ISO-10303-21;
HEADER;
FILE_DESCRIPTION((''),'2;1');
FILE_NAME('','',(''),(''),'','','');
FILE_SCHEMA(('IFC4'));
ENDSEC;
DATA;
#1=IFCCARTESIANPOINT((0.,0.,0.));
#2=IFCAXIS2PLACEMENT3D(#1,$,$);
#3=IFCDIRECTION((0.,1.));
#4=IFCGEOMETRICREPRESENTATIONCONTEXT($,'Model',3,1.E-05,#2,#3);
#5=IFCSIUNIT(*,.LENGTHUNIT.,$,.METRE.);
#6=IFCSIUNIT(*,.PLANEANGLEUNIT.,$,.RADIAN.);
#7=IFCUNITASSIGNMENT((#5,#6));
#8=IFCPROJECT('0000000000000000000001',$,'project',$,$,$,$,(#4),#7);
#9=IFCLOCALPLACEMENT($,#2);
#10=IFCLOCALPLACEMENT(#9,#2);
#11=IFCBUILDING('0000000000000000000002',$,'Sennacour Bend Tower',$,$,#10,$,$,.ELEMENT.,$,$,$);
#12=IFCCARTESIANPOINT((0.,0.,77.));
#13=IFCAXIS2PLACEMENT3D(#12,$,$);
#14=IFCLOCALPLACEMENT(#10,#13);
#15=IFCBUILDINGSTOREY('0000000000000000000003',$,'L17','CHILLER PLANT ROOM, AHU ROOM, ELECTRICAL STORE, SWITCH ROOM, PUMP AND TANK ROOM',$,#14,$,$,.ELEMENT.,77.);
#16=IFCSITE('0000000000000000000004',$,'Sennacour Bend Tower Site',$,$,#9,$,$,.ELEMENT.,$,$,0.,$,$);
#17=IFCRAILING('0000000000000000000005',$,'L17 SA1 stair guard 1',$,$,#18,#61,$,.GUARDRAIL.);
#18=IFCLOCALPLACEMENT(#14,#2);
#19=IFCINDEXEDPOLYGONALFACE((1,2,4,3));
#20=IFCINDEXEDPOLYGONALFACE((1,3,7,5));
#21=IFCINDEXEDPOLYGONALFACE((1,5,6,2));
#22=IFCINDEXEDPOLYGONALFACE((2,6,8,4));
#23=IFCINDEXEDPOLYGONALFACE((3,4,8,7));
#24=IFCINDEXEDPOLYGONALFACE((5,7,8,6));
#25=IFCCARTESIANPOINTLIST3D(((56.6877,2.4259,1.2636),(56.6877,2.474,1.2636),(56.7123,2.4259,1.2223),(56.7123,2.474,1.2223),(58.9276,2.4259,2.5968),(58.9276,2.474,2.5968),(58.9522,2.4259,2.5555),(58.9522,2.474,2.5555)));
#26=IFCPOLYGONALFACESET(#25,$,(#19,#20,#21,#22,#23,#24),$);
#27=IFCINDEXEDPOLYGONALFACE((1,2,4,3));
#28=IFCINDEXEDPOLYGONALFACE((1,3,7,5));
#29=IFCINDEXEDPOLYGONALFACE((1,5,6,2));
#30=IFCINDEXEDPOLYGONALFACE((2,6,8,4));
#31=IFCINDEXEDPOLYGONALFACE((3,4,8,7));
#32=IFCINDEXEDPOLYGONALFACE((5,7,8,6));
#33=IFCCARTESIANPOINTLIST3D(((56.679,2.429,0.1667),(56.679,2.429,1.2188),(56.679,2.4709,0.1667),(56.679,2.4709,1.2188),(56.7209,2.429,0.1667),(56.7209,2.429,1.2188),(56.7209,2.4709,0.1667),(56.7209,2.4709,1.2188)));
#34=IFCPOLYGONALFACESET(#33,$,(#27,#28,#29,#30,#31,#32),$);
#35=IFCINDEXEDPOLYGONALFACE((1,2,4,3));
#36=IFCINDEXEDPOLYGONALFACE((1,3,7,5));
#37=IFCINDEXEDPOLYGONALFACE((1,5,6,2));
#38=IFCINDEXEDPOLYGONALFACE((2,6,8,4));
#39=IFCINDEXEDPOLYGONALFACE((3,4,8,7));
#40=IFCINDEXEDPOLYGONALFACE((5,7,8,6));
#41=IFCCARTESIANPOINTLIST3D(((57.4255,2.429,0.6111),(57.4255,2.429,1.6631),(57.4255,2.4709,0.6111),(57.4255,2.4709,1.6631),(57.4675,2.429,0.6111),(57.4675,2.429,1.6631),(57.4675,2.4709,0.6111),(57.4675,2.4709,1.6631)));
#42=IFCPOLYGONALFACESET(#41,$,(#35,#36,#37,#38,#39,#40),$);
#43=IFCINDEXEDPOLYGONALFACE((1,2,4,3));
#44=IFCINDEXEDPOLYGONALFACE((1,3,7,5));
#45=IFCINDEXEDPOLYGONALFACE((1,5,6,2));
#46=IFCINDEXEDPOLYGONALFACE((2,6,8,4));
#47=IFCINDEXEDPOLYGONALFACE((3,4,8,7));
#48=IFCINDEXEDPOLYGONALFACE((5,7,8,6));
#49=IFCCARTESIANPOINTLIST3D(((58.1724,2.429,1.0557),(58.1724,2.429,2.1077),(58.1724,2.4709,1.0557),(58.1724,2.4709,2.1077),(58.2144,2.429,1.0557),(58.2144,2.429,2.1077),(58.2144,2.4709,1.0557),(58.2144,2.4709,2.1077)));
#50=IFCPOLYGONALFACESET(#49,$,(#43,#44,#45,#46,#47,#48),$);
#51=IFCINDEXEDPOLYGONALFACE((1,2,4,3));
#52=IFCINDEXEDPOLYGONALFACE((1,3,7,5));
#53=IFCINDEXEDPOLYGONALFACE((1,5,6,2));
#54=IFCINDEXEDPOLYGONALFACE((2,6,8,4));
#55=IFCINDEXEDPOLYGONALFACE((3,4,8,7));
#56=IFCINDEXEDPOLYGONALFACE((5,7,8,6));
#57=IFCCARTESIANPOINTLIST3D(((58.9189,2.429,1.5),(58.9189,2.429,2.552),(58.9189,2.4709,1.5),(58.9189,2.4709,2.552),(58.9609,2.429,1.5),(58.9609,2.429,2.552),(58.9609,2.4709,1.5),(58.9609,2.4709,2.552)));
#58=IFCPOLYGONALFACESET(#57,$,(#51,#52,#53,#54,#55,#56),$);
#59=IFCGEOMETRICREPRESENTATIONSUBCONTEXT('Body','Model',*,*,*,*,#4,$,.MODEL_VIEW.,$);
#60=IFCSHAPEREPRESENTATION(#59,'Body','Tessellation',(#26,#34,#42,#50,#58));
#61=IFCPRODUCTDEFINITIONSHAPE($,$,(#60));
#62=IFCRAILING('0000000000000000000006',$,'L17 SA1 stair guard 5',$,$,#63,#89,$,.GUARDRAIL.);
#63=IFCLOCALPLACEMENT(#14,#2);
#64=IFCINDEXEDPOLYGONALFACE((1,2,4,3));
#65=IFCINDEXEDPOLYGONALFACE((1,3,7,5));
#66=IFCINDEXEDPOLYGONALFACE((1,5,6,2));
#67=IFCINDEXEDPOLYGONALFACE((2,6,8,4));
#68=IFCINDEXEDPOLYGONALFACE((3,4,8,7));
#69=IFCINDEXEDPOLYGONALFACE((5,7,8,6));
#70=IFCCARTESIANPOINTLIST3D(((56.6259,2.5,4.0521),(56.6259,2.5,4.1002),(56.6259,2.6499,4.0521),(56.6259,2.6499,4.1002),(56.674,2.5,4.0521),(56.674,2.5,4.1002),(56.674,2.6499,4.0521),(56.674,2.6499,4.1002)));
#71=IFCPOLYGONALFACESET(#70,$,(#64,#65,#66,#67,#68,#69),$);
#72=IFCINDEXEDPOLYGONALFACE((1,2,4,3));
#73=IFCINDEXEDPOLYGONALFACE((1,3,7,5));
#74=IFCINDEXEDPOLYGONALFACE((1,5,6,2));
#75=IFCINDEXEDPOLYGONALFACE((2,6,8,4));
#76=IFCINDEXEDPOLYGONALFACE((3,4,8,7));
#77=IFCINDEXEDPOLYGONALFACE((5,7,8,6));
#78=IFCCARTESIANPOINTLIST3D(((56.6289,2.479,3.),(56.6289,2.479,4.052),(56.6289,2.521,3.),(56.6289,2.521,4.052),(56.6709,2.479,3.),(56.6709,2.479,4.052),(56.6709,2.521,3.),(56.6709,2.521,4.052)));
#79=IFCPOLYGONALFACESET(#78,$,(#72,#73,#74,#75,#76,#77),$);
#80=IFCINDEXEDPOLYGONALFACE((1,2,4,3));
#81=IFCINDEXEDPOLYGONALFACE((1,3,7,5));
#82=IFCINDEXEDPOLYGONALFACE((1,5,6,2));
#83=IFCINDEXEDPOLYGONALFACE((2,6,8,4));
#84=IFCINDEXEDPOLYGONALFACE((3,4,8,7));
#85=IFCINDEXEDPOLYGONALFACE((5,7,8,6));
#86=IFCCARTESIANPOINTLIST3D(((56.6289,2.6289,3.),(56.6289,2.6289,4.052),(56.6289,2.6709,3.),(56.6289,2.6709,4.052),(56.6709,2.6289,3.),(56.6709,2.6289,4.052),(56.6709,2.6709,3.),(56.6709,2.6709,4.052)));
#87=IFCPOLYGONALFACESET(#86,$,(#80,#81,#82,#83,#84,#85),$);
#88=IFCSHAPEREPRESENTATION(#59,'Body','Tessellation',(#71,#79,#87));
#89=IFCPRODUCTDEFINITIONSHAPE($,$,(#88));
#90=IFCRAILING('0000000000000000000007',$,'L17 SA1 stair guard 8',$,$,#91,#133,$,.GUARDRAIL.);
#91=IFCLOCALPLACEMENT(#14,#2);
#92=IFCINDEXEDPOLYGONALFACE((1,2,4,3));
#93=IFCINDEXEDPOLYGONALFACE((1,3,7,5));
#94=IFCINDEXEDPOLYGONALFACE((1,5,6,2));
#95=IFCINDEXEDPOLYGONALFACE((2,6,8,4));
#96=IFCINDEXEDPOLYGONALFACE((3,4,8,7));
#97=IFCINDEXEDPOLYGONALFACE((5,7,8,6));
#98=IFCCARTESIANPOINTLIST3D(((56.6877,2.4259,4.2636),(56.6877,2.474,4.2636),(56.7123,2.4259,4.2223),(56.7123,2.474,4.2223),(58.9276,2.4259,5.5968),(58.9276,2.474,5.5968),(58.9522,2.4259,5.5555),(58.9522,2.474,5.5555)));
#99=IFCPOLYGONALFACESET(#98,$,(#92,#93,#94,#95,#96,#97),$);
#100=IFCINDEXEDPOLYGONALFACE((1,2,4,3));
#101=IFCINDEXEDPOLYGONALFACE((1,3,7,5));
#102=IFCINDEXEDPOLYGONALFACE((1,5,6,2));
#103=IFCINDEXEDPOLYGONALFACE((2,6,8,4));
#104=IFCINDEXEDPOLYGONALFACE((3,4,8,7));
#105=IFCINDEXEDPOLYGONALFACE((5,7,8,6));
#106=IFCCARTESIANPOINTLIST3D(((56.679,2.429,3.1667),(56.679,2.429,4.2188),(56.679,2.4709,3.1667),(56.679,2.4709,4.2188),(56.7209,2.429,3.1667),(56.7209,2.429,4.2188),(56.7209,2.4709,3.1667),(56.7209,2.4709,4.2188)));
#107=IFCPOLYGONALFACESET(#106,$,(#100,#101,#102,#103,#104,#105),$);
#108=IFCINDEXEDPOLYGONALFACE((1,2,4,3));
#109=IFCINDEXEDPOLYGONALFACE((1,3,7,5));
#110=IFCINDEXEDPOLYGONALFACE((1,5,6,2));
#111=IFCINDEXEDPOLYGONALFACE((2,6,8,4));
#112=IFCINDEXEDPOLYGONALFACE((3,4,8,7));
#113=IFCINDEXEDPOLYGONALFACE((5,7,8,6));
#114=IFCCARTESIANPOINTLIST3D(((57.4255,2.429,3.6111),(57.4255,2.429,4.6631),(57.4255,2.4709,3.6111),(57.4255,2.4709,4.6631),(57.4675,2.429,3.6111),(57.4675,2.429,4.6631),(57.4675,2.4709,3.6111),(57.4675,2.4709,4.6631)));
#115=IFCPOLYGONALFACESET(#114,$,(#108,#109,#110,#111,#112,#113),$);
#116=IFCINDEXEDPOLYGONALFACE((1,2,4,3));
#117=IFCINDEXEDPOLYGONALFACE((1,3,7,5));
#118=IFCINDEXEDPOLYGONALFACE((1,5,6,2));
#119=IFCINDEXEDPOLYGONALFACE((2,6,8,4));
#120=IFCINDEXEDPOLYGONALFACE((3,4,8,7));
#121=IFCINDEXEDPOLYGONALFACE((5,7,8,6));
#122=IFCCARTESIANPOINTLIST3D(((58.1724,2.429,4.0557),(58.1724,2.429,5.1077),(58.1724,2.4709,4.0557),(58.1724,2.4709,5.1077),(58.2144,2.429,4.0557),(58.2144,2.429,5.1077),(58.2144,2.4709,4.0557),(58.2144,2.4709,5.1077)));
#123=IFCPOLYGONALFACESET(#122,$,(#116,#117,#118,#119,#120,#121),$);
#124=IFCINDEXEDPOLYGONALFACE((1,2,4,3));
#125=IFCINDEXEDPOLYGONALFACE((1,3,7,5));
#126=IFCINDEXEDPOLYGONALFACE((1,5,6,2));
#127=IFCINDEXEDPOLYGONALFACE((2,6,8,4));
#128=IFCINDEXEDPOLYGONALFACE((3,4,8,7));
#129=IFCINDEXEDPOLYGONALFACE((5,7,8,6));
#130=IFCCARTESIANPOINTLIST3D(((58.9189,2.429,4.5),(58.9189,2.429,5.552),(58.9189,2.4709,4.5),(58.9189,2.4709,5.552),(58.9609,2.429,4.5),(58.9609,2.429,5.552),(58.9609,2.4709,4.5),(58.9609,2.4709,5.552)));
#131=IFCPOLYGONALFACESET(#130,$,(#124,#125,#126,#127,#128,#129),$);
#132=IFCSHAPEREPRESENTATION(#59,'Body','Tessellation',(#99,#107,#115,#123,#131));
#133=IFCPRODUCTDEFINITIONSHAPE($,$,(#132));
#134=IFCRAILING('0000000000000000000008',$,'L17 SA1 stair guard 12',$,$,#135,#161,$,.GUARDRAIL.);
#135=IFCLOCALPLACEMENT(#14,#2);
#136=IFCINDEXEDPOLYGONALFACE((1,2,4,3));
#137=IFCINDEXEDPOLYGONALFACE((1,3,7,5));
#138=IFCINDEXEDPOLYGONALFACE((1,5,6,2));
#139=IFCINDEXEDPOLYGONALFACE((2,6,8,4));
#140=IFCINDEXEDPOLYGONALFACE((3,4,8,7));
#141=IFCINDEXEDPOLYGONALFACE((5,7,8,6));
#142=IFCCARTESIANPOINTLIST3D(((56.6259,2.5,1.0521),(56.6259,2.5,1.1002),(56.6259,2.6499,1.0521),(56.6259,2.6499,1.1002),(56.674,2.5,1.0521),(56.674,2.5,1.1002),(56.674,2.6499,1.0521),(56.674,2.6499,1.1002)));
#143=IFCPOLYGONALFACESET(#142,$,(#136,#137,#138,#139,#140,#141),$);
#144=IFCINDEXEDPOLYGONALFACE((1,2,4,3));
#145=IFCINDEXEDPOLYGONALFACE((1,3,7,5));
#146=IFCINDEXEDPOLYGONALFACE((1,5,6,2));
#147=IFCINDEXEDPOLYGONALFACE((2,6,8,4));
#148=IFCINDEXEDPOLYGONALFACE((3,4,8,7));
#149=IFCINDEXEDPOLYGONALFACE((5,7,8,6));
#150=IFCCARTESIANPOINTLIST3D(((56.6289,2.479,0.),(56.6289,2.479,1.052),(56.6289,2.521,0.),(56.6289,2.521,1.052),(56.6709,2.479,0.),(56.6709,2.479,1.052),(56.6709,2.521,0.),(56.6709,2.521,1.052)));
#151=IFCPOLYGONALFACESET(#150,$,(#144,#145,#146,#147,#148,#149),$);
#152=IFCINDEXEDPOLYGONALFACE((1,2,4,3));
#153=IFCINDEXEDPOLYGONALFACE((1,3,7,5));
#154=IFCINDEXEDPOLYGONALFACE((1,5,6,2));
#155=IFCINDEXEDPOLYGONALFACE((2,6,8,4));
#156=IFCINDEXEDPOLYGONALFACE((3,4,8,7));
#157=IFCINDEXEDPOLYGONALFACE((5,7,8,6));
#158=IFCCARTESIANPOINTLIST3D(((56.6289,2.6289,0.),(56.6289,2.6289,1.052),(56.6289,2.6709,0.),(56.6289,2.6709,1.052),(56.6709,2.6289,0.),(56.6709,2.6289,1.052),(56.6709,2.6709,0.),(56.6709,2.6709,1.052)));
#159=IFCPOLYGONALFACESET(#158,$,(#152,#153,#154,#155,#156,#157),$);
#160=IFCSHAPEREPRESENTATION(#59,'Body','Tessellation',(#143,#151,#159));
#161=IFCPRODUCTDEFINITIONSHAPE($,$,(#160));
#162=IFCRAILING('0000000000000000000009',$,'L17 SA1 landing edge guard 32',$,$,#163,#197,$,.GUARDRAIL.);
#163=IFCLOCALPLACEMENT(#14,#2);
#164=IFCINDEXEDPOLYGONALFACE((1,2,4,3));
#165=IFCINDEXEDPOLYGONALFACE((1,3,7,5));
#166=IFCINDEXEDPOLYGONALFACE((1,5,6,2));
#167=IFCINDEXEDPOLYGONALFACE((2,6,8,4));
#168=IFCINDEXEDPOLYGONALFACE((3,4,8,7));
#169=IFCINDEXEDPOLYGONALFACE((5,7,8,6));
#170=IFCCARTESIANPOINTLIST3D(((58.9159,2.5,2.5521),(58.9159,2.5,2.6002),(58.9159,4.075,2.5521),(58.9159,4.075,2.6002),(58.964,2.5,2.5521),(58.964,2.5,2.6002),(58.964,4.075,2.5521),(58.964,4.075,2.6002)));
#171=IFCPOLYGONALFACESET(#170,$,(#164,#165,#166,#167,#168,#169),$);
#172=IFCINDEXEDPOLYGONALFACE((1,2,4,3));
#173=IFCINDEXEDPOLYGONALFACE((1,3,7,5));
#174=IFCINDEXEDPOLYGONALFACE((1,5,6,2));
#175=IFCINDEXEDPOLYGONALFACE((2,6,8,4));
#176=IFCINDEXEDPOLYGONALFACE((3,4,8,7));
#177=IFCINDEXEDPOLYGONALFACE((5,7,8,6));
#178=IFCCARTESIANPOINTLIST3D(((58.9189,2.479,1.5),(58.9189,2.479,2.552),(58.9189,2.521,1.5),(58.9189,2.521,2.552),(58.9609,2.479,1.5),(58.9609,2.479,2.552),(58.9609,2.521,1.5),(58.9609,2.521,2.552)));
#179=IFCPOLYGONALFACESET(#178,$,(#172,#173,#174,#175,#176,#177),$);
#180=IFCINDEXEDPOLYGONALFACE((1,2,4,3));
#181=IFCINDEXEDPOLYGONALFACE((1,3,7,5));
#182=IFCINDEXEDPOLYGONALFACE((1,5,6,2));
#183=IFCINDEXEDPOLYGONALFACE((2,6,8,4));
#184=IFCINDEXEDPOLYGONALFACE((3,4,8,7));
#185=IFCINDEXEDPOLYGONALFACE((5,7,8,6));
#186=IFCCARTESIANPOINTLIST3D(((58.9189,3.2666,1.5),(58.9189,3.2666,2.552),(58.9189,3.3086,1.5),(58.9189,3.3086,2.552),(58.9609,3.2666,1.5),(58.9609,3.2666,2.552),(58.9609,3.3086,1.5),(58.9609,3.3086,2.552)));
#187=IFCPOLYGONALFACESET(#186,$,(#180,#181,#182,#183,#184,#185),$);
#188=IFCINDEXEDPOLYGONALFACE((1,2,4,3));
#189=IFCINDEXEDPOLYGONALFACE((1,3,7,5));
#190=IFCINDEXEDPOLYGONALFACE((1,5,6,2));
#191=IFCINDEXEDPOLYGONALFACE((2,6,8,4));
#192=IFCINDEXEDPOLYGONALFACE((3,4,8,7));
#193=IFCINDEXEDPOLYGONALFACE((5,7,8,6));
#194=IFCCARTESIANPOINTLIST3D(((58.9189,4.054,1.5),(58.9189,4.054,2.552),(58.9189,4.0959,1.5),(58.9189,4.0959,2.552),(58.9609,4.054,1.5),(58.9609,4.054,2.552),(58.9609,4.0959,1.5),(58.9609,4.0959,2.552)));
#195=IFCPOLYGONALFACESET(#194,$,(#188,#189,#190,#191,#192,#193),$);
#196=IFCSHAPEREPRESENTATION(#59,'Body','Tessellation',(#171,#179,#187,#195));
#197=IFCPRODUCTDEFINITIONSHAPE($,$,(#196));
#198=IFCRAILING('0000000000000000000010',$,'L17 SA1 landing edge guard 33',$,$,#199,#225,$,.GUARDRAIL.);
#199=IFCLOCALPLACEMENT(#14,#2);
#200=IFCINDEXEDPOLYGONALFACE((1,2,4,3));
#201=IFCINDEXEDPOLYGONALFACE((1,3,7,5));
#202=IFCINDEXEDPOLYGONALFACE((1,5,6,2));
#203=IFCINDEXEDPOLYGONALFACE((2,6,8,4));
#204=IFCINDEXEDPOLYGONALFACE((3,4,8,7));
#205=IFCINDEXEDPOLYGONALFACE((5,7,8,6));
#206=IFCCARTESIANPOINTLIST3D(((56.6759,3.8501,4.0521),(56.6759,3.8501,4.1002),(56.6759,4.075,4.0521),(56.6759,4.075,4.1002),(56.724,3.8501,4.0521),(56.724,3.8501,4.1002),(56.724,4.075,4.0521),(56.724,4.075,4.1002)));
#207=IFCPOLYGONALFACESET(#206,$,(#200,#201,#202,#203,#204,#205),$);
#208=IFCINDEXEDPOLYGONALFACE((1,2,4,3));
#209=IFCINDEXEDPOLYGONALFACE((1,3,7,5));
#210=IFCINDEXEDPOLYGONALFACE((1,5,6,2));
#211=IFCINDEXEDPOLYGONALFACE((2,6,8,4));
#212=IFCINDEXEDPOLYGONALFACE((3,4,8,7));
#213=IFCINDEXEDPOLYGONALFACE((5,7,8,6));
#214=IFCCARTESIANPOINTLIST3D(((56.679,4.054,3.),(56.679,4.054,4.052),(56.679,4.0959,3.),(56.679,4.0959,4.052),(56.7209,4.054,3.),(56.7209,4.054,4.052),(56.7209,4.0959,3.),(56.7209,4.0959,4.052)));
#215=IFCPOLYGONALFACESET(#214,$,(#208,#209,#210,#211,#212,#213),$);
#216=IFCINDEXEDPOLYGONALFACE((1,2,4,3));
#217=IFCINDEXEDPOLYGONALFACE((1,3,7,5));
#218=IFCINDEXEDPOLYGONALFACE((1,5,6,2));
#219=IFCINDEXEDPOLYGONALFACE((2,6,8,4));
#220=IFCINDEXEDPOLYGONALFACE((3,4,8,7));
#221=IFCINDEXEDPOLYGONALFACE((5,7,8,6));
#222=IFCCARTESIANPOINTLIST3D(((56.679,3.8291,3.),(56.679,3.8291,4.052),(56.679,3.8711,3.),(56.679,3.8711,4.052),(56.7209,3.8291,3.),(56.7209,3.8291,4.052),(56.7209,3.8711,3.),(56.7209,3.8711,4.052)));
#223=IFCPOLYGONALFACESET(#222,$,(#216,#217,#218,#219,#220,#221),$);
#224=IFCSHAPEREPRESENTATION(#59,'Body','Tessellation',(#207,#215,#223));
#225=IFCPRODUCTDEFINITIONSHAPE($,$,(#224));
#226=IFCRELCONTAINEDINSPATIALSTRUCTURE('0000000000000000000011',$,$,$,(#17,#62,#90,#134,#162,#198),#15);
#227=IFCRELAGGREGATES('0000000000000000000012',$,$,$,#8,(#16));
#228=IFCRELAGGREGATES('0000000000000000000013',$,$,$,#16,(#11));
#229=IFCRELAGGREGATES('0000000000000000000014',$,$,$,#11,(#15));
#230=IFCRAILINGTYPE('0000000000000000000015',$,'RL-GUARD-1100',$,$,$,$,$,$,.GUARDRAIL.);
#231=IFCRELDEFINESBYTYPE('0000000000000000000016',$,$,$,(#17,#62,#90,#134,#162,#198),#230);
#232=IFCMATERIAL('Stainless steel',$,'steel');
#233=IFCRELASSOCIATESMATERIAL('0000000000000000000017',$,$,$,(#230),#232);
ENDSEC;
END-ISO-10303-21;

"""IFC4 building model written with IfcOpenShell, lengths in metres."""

from ifc_helpers import new_model, si_unit, direction, frame, origin, origin_2d, place, context, subcontext, project, spatial, rectangle, extrude, material, type_object, element, save


model = new_model("IFC4")

# Units and contexts
model_context = context("Model", 3, precision=1e-05, world=origin(), true_north=direction((0.0, 1.0)))
body_context = subcontext(model_context, "Body", "Model", "MODEL_VIEW")
ifc_project = project(units=[si_unit("LENGTHUNIT", "METRE"), si_unit("PLANEANGLEUNIT", "RADIAN")], contexts=[model_context])

# Site, building, storey
site_placement = place(None, origin())
site = spatial("IfcSite", under=ifc_project, at=site_placement, Name="Sennacour Bend Tower Site", CompositionType="ELEMENT", RefElevation=0.0)
building_placement = place(site_placement, origin())
building = spatial("IfcBuilding", under=site, at=building_placement, Name="Sennacour Bend Tower", CompositionType="ELEMENT")
storey_placement = place(building_placement, frame((0.0, 0.0, 77.0)))
storey = spatial("IfcBuildingStorey", under=building, at=storey_placement, Name="L17", Description="CHILLER PLANT ROOM, AHU ROOM, ELECTRICAL STORE, SWITCH ROOM, PUMP AND TANK ROOM", CompositionType="ELEMENT", Elevation=77.0)

# Shared definitions
ifc_material_1 = material(Name="Stainless steel", Category="steel")

# Railings
railing_type_1 = type_object("IfcRailingType", Name="RL-GUARD-1100", PredefinedType="GUARDRAIL", material=ifc_material_1)
railing_1_placement = place(storey_placement, frame((56.7, 2.45, 0.1667)))
element("IfcRailing", 1, at=railing_1_placement, inside=storey, type_object=railing_type_1, Name="L17 SA1 stair guard 1", PredefinedType="GUARDRAIL", context=body_context, shape_type="SweptSolid", body=[
    extrude(rectangle(XDim=0.0481, YDim=0.0481, at=origin_2d()), frame((0.0, 0.0, 1.0762), z_axis=(0.859306, 0.0, 0.511462), x_axis=(0.0, 1.0, 0.0)), (0.0, 0.0, 1.0), 2.6067),
    extrude(rectangle(XDim=0.042, YDim=0.042, at=origin_2d()), origin(), (0.0, 0.0, 1.0), 1.052),
    extrude(rectangle(XDim=0.042, YDim=0.042, at=origin_2d()), frame((0.7466, 0.0, 0.4443)), (0.0, 0.0, 1.0), 1.052),
    extrude(rectangle(XDim=0.042, YDim=0.042, at=origin_2d()), frame((1.4934, 0.0, 0.8889)), (0.0, 0.0, 1.0), 1.052),
    extrude(rectangle(XDim=0.042, YDim=0.042, at=origin_2d()), frame((2.24, 0.0, 1.3333)), (0.0, 0.0, 1.0), 1.052),
])
railing_2_placement = place(storey_placement, frame((56.6499, 2.5, 3.0)))
element("IfcRailing", 2, at=railing_2_placement, inside=storey, type_object=railing_type_1, Name="L17 SA1 stair guard 5", PredefinedType="GUARDRAIL", context=body_context, shape_type="SweptSolid", body=[
    extrude(rectangle(XDim=0.0481, YDim=0.0481, at=origin_2d()), frame((0.0, 0.0, 1.0762), z_axis=(0.0, 1.0, 0.0), x_axis=(-1.0, 0.0, 0.0)), (0.0, 0.0, 1.0), 0.1499),
    extrude(rectangle(XDim=0.042, YDim=0.042, at=origin_2d()), origin(), (0.0, 0.0, 1.0), 1.052),
    extrude(rectangle(XDim=0.042, YDim=0.042, at=origin_2d()), frame((0.0, 0.1499, 0.0)), (0.0, 0.0, 1.0), 1.052),
])
railing_3_placement = place(storey_placement, frame((56.7, 2.45, 3.1667)))
element("IfcRailing", 3, at=railing_3_placement, inside=storey, type_object=railing_type_1, Name="L17 SA1 stair guard 8", PredefinedType="GUARDRAIL", context=body_context, shape_type="SweptSolid", body=[
    extrude(rectangle(XDim=0.0481, YDim=0.0481, at=origin_2d()), frame((0.0, 0.0, 1.0762), z_axis=(0.859306, 0.0, 0.511462), x_axis=(0.0, 1.0, 0.0)), (0.0, 0.0, 1.0), 2.6067),
    extrude(rectangle(XDim=0.042, YDim=0.042, at=origin_2d()), origin(), (0.0, 0.0, 1.0), 1.052),
    extrude(rectangle(XDim=0.042, YDim=0.042, at=origin_2d()), frame((0.7466, 0.0, 0.4443)), (0.0, 0.0, 1.0), 1.052),
    extrude(rectangle(XDim=0.042, YDim=0.042, at=origin_2d()), frame((1.4934, 0.0, 0.8889)), (0.0, 0.0, 1.0), 1.052),
    extrude(rectangle(XDim=0.042, YDim=0.042, at=origin_2d()), frame((2.24, 0.0, 1.3333)), (0.0, 0.0, 1.0), 1.052),
])
railing_4_placement = place(storey_placement, frame((56.6499, 2.5, 0.0)))
element("IfcRailing", 4, at=railing_4_placement, inside=storey, type_object=railing_type_1, Name="L17 SA1 stair guard 12", PredefinedType="GUARDRAIL", context=body_context, shape_type="SweptSolid", body=[
    extrude(rectangle(XDim=0.0481, YDim=0.0481, at=origin_2d()), frame((0.0, 0.0, 1.0762), z_axis=(0.0, 1.0, 0.0), x_axis=(-1.0, 0.0, 0.0)), (0.0, 0.0, 1.0), 0.1499),
    extrude(rectangle(XDim=0.042, YDim=0.042, at=origin_2d()), origin(), (0.0, 0.0, 1.0), 1.052),
    extrude(rectangle(XDim=0.042, YDim=0.042, at=origin_2d()), frame((0.0, 0.1499, 0.0)), (0.0, 0.0, 1.0), 1.052),
])
railing_5_placement = place(storey_placement, frame((58.9399, 2.5, 1.5)))
element("IfcRailing", 5, at=railing_5_placement, inside=storey, type_object=railing_type_1, Name="L17 SA1 landing edge guard 32", PredefinedType="GUARDRAIL", context=body_context, shape_type="SweptSolid", body=[
    extrude(rectangle(XDim=0.0481, YDim=0.0481, at=origin_2d()), frame((0.0, 0.0, 1.0762), z_axis=(0.0, 1.0, 0.0), x_axis=(-1.0, 0.0, 0.0)), (0.0, 0.0, 1.0), 1.575),
    extrude(rectangle(XDim=0.042, YDim=0.042, at=origin_2d()), origin(), (0.0, 0.0, 1.0), 1.052),
    extrude(rectangle(XDim=0.042, YDim=0.042, at=origin_2d()), frame((0.0, 0.7876, 0.0)), (0.0, 0.0, 1.0), 1.052),
    extrude(rectangle(XDim=0.042, YDim=0.042, at=origin_2d()), frame((0.0, 1.575, 0.0)), (0.0, 0.0, 1.0), 1.052),
])
railing_6_placement = place(storey_placement, frame((56.7, 4.075, 3.0)))
element("IfcRailing", 6, at=railing_6_placement, inside=storey, type_object=railing_type_1, Name="L17 SA1 landing edge guard 33", PredefinedType="GUARDRAIL", context=body_context, shape_type="SweptSolid", body=[
    extrude(rectangle(XDim=0.0481, YDim=0.0481, at=origin_2d()), frame((0.0, 0.0, 1.0762), z_axis=(0.0, -1.0, 0.0), x_axis=(1.0, 0.0, 0.0)), (0.0, 0.0, 1.0), 0.2249),
    extrude(rectangle(XDim=0.042, YDim=0.042, at=origin_2d()), origin(), (0.0, 0.0, 1.0), 1.052),
    extrude(rectangle(XDim=0.042, YDim=0.042, at=origin_2d()), frame((0.0, -0.2249, 0.0)), (0.0, 0.0, 1.0), 1.052),
])

save(model, "model.ifc")
